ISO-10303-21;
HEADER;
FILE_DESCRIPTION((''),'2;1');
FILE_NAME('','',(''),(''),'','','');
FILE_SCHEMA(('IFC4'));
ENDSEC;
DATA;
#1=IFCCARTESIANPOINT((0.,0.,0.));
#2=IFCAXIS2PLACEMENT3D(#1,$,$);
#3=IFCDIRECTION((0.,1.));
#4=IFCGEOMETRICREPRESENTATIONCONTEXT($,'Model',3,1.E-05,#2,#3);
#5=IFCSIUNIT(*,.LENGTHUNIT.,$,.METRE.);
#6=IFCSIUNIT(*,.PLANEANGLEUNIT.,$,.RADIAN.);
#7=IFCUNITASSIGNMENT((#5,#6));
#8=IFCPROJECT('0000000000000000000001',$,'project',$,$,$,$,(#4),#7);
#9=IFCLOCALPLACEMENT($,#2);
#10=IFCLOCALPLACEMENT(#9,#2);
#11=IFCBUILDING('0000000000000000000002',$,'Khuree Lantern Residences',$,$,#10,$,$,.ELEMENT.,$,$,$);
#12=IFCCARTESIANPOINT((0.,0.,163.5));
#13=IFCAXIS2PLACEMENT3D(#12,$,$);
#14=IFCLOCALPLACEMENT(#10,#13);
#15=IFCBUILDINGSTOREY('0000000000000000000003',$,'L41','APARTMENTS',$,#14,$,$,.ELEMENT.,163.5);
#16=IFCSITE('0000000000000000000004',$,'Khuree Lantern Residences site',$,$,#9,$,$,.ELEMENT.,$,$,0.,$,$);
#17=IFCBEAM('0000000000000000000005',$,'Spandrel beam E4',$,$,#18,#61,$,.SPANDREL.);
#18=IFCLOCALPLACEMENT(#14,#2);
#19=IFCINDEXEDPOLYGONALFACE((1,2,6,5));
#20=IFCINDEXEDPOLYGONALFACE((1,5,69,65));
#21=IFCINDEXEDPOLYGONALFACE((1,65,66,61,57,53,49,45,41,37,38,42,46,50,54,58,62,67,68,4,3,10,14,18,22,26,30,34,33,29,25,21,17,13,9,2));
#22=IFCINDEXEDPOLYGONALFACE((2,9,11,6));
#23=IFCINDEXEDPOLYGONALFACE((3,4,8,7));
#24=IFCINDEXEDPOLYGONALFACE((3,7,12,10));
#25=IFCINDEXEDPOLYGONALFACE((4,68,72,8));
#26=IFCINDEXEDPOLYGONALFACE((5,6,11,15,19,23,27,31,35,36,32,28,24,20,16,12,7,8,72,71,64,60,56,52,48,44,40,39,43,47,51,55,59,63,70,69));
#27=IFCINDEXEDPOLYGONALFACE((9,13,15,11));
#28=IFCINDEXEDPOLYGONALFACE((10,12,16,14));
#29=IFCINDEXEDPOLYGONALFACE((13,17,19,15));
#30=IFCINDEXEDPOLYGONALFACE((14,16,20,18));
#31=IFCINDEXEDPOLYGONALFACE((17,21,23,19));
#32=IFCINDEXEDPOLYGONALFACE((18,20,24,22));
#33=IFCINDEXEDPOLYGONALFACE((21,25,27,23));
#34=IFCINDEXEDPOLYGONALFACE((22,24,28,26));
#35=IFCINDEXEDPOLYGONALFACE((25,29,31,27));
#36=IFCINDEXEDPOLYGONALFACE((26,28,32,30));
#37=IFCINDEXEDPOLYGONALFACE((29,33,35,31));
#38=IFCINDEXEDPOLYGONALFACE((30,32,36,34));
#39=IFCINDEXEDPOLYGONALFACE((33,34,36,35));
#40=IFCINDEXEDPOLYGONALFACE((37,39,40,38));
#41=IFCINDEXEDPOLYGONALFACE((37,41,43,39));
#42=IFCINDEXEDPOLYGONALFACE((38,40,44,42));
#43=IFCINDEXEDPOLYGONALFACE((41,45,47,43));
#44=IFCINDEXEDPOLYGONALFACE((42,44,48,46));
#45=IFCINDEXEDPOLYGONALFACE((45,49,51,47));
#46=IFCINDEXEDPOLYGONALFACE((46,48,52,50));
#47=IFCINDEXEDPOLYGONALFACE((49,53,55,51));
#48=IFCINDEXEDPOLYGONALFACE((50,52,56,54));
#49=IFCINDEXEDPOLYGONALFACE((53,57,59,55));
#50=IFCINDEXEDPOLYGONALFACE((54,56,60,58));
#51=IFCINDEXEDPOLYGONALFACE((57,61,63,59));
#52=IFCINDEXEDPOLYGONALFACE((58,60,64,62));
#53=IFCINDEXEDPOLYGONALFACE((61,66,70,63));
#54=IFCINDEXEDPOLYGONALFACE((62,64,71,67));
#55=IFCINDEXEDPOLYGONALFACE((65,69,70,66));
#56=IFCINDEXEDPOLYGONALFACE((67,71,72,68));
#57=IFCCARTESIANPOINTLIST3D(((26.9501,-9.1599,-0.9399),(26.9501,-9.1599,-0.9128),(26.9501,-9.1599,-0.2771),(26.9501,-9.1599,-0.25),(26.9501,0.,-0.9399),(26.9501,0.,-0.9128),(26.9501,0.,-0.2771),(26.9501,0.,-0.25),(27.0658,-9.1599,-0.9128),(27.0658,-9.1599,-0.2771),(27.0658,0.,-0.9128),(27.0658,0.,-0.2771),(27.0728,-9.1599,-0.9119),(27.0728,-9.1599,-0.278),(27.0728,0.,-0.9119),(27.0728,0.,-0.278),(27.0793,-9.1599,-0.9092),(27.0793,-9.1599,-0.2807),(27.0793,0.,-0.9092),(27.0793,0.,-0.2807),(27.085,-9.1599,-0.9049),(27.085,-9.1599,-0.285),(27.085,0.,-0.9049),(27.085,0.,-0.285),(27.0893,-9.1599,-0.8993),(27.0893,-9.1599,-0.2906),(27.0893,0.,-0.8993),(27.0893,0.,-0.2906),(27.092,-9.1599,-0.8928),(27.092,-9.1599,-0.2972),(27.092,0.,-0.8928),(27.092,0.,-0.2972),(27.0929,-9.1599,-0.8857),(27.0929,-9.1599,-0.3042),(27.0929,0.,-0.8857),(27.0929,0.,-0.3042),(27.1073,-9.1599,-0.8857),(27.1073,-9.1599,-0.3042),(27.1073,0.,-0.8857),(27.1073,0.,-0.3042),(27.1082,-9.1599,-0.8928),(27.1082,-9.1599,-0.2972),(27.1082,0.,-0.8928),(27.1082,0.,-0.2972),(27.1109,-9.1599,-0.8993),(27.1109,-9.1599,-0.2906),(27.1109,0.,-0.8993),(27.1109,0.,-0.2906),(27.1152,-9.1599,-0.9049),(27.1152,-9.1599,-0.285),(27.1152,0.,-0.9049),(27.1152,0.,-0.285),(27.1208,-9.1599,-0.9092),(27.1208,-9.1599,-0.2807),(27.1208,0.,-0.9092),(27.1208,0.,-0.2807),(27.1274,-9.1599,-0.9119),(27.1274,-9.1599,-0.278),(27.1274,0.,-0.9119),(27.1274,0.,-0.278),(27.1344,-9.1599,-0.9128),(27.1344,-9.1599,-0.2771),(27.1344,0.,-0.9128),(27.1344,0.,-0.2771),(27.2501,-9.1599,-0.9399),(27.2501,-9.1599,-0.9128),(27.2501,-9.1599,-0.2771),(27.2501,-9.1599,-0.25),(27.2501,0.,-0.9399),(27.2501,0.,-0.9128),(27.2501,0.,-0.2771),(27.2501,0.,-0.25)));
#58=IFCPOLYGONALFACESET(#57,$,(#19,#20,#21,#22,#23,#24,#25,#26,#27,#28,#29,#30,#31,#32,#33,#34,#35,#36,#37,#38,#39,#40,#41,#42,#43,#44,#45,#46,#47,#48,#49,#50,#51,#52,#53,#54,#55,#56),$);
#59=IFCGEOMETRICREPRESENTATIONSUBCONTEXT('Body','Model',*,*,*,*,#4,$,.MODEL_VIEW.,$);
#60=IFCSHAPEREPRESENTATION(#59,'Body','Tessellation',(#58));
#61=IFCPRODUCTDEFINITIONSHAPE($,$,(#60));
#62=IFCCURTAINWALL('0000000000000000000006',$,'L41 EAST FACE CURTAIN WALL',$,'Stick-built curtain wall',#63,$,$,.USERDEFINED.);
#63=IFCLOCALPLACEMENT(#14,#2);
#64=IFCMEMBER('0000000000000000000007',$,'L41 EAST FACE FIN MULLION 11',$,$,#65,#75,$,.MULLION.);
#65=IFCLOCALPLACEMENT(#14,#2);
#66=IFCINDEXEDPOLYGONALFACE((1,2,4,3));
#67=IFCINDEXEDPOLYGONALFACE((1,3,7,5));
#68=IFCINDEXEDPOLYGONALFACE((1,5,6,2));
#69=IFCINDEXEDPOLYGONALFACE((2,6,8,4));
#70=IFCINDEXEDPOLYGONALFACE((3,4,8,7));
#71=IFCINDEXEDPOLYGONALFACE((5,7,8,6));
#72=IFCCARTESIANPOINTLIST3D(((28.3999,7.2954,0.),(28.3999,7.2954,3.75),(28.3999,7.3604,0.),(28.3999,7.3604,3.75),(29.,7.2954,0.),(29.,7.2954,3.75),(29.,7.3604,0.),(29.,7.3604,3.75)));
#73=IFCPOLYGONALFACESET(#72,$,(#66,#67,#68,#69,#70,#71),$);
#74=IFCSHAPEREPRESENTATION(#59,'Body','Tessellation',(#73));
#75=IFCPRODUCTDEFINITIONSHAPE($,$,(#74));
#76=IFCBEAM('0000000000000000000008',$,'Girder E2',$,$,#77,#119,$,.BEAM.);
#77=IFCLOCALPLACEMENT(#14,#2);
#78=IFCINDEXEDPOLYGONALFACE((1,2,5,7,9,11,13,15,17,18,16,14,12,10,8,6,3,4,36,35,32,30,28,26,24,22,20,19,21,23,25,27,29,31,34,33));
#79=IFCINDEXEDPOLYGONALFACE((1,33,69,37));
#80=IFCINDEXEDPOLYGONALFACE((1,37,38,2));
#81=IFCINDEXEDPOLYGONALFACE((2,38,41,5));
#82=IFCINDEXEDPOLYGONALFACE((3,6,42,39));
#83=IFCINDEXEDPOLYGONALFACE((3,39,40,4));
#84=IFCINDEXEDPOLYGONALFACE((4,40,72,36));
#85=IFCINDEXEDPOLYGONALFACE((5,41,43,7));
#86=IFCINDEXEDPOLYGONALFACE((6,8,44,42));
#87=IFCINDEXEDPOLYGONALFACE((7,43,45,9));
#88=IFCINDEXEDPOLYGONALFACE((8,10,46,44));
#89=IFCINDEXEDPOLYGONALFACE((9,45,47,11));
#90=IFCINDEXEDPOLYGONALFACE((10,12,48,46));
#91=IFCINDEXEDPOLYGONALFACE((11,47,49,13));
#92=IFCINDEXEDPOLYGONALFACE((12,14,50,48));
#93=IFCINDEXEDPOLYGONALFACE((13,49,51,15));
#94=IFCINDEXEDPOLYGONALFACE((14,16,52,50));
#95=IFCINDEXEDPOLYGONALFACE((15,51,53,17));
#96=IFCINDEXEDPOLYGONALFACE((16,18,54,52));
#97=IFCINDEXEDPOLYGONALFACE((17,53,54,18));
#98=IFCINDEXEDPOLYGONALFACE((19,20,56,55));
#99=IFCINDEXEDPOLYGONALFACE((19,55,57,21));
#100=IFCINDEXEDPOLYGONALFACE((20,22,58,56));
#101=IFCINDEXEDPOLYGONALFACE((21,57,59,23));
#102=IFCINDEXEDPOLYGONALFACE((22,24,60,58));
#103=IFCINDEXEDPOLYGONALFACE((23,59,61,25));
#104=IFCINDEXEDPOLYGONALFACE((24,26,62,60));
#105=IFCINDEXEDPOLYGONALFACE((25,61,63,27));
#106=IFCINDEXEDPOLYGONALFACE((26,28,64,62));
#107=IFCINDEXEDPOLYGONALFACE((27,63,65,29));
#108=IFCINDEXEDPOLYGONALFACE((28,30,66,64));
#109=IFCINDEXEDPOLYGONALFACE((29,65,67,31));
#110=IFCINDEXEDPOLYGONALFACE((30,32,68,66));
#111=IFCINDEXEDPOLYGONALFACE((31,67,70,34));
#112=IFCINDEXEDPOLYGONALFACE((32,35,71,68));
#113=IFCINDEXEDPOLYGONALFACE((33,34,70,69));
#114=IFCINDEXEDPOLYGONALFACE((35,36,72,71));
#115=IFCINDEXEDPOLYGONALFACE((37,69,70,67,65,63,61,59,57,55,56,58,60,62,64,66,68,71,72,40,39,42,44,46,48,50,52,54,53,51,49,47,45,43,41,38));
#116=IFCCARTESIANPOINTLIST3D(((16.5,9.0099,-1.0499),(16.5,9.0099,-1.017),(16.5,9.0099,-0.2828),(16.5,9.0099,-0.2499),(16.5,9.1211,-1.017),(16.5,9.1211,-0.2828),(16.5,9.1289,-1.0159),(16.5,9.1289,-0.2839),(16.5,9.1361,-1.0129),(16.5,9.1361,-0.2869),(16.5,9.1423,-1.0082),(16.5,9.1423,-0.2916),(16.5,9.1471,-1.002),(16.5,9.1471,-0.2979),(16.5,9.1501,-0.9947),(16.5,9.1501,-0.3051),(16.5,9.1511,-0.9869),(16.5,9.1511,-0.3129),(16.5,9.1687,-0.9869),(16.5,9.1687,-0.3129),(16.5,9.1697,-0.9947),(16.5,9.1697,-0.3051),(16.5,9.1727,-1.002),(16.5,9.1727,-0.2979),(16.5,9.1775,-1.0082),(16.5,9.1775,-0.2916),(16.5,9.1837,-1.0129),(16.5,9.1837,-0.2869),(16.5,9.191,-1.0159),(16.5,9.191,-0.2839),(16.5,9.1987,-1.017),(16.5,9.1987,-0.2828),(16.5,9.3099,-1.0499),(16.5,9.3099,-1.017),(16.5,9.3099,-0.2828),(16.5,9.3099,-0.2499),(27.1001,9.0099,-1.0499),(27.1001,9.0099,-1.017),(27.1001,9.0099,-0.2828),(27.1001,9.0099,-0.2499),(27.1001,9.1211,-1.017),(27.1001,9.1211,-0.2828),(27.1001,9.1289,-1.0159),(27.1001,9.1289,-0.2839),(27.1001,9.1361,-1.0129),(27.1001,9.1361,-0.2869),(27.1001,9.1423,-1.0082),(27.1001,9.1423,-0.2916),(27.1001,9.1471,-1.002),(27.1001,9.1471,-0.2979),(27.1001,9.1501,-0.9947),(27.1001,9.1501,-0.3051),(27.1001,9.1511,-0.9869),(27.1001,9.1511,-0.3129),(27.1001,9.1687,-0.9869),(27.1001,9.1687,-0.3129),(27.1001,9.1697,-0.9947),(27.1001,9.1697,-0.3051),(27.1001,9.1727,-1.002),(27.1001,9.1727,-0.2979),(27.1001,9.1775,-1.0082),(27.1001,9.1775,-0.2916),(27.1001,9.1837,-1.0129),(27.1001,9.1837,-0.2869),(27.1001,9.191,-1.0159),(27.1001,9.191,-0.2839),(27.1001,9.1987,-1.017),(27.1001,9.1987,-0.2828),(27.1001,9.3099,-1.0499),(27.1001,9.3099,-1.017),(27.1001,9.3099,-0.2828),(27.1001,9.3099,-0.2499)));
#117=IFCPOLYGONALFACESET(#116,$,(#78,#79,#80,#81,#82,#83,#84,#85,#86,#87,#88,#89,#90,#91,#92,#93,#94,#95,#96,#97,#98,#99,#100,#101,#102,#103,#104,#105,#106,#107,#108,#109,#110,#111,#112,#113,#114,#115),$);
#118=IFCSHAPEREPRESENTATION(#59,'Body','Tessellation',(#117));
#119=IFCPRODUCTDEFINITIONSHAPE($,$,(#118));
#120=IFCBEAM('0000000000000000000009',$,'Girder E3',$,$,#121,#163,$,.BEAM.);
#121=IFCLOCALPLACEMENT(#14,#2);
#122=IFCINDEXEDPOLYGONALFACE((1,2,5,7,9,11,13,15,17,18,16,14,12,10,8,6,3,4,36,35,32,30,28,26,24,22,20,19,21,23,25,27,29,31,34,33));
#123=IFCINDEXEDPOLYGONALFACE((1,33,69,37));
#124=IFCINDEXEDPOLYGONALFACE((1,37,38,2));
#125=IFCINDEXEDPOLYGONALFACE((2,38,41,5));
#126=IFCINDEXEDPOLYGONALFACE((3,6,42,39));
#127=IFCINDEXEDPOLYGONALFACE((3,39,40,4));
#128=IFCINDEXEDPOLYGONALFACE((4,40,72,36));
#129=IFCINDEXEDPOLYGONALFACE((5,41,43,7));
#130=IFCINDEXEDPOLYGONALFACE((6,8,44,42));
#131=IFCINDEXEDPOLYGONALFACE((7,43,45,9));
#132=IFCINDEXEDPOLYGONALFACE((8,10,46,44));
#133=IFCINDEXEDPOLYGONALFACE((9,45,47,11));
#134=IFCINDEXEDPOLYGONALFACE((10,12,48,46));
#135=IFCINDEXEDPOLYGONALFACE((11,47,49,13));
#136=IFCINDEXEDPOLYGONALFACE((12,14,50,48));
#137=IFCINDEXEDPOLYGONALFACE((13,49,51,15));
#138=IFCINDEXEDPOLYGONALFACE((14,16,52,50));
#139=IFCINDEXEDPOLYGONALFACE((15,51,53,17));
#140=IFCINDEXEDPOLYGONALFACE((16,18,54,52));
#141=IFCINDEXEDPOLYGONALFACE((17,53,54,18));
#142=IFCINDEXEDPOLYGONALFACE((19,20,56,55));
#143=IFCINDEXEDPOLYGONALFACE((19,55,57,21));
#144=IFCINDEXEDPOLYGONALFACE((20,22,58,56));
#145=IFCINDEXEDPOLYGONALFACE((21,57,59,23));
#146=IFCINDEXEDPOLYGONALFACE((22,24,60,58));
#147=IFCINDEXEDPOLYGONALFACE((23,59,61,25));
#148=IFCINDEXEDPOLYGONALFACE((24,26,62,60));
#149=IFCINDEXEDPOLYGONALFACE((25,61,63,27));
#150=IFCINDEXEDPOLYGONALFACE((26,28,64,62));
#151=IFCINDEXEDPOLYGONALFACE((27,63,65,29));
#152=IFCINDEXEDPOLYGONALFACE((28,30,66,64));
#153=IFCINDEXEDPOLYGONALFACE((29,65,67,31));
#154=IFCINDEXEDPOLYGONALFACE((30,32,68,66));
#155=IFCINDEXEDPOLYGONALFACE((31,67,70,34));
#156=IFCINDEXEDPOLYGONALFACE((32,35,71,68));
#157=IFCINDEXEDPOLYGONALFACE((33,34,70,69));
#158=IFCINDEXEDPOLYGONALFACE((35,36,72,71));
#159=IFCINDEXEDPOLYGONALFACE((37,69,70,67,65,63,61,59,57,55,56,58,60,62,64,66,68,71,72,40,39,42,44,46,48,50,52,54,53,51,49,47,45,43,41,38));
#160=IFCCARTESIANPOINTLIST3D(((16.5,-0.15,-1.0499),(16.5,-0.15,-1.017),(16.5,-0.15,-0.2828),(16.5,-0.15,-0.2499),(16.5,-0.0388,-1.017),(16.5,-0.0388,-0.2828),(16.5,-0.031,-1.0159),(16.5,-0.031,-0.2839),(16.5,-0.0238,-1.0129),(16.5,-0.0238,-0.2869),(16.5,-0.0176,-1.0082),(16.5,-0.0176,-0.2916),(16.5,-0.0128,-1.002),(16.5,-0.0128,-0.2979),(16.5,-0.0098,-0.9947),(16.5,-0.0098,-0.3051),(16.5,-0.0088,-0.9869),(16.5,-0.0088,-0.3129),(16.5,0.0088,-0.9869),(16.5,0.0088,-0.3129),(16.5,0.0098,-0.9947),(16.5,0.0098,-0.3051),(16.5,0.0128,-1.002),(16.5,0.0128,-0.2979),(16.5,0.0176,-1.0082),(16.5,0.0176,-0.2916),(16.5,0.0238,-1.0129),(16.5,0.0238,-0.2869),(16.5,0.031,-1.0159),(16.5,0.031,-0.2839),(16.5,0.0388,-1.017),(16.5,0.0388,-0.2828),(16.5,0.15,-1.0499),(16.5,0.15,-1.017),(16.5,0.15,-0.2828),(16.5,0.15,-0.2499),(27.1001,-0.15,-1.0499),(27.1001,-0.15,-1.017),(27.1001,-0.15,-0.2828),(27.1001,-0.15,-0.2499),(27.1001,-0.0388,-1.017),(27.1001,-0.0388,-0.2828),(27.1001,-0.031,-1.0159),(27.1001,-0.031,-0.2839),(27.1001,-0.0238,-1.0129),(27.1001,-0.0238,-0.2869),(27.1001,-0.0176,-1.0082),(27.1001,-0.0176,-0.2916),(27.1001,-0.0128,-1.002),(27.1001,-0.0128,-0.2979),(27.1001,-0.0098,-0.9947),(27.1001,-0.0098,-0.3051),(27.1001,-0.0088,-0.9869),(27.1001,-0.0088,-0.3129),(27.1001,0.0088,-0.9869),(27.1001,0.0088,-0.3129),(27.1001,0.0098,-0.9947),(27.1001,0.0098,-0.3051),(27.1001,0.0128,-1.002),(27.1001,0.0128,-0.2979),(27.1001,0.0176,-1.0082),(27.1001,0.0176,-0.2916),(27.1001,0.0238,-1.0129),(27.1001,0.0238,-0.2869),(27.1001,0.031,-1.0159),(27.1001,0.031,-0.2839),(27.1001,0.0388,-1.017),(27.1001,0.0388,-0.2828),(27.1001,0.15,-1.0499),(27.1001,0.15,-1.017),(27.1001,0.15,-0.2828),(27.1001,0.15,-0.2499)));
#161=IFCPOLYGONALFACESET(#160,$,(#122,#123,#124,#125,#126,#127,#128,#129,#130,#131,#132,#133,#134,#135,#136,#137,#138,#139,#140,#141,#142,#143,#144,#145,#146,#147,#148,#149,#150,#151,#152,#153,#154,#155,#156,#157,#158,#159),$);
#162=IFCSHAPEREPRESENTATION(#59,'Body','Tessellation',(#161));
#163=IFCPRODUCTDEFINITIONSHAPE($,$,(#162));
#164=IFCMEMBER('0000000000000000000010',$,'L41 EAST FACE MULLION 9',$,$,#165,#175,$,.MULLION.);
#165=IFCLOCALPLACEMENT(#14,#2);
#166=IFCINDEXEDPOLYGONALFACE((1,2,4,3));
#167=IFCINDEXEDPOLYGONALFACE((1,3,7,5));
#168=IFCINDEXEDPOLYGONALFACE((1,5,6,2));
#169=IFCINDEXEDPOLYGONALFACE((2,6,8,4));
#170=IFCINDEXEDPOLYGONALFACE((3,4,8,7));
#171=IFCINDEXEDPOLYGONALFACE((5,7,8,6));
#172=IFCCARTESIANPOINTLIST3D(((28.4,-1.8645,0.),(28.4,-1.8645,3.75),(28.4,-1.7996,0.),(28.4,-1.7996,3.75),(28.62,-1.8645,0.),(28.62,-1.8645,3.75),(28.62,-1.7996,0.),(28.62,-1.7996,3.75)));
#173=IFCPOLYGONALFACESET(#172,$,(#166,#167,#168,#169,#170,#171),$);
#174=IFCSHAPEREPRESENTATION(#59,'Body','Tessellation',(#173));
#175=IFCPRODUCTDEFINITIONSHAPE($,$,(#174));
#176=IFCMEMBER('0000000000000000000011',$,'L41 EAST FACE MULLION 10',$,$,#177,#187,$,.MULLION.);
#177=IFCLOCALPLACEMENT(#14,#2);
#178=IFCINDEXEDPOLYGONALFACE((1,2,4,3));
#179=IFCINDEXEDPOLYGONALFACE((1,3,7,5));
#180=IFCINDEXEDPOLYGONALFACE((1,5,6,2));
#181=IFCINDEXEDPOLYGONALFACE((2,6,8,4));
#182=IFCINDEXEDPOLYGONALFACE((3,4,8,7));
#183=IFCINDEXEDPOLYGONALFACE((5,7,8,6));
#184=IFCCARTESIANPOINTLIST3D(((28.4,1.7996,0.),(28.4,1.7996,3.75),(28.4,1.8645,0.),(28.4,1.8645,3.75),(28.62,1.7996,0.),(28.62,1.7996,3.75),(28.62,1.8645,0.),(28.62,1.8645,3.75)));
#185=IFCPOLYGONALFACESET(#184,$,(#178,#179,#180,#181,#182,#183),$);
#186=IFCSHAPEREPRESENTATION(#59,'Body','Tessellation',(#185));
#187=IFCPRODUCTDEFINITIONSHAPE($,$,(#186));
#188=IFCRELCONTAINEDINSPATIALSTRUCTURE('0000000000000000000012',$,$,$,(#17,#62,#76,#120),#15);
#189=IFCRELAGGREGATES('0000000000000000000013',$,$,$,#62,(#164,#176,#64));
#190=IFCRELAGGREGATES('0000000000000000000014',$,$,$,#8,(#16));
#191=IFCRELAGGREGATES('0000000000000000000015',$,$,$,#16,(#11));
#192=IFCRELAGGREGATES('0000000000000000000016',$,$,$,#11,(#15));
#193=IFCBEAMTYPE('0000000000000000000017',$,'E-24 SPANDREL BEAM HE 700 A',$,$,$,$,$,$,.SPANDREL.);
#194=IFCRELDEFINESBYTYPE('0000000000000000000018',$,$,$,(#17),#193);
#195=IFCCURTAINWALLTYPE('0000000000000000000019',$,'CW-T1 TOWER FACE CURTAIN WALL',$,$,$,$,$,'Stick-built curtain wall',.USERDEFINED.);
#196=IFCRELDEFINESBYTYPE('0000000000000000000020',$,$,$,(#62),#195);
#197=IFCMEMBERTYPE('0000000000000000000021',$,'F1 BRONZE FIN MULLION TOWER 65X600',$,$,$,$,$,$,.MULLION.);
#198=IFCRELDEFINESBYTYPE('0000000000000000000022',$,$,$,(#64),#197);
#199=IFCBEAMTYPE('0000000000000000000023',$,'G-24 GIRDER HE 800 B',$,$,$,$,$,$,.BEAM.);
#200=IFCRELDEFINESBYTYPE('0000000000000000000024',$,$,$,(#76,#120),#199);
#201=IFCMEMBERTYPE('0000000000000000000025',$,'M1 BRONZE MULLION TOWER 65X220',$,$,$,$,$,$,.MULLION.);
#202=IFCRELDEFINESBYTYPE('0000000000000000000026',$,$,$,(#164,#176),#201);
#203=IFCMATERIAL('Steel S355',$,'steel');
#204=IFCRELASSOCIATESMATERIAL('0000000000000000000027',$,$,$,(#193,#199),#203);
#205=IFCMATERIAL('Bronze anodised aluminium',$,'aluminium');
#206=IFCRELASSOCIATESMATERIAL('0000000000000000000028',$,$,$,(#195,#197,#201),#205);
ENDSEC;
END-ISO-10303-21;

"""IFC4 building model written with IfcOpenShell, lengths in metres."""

from ifc_helpers import new_model, si_unit, direction, frame, origin, origin_2d, place, context, subcontext, project, spatial, rectangle, i_section, extrude, material, material_profile, profile_set, type_object, element, aggregate, save


model = new_model("IFC4")

# Units and contexts
model_context = context("Model", 3, precision=1e-05, world=origin(), true_north=direction((0.0, 1.0)))
body_context = subcontext(model_context, "Body", "Model", "MODEL_VIEW")
ifc_project = project(units=[si_unit("LENGTHUNIT", "METRE"), si_unit("PLANEANGLEUNIT", "RADIAN")], contexts=[model_context])

# Site, building, storey
site_placement = place(None, origin())
site = spatial("IfcSite", under=ifc_project, at=site_placement, Name="Khuree Lantern Residences site", CompositionType="ELEMENT", RefElevation=0.0)
building_placement = place(site_placement, origin())
building = spatial("IfcBuilding", under=site, at=building_placement, Name="Khuree Lantern Residences", CompositionType="ELEMENT")
storey_placement = place(building_placement, frame((0.0, 0.0, 163.5)))
storey = spatial("IfcBuildingStorey", under=building, at=storey_placement, Name="L41", Description="APARTMENTS", CompositionType="ELEMENT", Elevation=163.5)

# Beam
ifc_material_1 = material(Name="Steel S355", Category="steel")
ifc_material_profile_1 = material_profile(ifc_material_1, i_section(OverallWidth=0.3, OverallDepth=0.6899, WebThickness=0.0144, FlangeThickness=0.0271, FilletRadius=0.0271, at=origin_2d()), Name="HE 700 A")
ifc_profile_set_1 = profile_set([ifc_material_profile_1], Name="Steel S355")
beam_type_1 = type_object("IfcBeamType", Name="E-24 SPANDREL BEAM HE 700 A", PredefinedType="SPANDREL", material=ifc_profile_set_1)
for number, where, z_axis, x_axis, name in (
    (1, (27.1001, 0.0, -0.595), (0.0, -1.0, 0.0), (1.0, 0.0, 0.0), "Spandrel beam E4"),
):
    element("IfcBeam", number, at=place(storey_placement, frame(where, z_axis=z_axis, x_axis=x_axis)), inside=storey, type_object=beam_type_1, Name=name, PredefinedType="SPANDREL", context=body_context, shape_type="SweptSolid", body=[
        extrude(i_section(OverallWidth=0.3, OverallDepth=0.6899, WebThickness=0.0144, FlangeThickness=0.0271, FilletRadius=0.0271, at=origin_2d()), origin(), (0.0, 0.0, 1.0), 9.1599),
    ])

# Curtain wall, member
ifc_material_2 = material(Name="Bronze anodised aluminium", Category="aluminium")
curtain_wall_type = type_object("IfcCurtainWallType", Name="CW-T1 TOWER FACE CURTAIN WALL", ElementType="Stick-built curtain wall", PredefinedType="USERDEFINED", material=ifc_material_2)
curtain_wall_placement = place(storey_placement, origin())
curtain_wall = element("IfcCurtainWall", 2, at=curtain_wall_placement, inside=storey, type_object=curtain_wall_type, Name="L41 EAST FACE CURTAIN WALL", ObjectType="Stick-built curtain wall", PredefinedType="USERDEFINED")
ifc_material_profile_2 = material_profile(ifc_material_2, rectangle(XDim=0.0649, YDim=0.6001, at=origin_2d()), Name="F1 65X600")
ifc_profile_set_2 = profile_set([ifc_material_profile_2], Name="Bronze anodised aluminium")
member_type_1 = type_object("IfcMemberType", Name="F1 BRONZE FIN MULLION TOWER 65X600", PredefinedType="MULLION", material=ifc_profile_set_2)
member_1_placement = place(storey_placement, frame((28.7, 7.3279, 0.0), z_axis=(0.0, 0.0, 1.0), x_axis=(0.0, 1.0, 0.0)))
member_1 = element("IfcMember", 3, at=member_1_placement, type_object=member_type_1, Name="L41 EAST FACE FIN MULLION 11", PredefinedType="MULLION", context=body_context, shape_type="SweptSolid", body=[
    extrude(rectangle(XDim=0.0649, YDim=0.6001, at=origin_2d()), origin(), (0.0, 0.0, 1.0), 3.75),
])

# Beams
ifc_material_profile_3 = material_profile(ifc_material_1, i_section(OverallWidth=0.3, OverallDepth=0.8, WebThickness=0.0176, FlangeThickness=0.033, FilletRadius=0.03, at=origin_2d()), Name="HE 800 B")
ifc_profile_set_3 = profile_set([ifc_material_profile_3], Name="Steel S355")
beam_type_2 = type_object("IfcBeamType", Name="G-24 GIRDER HE 800 B", PredefinedType="BEAM", material=ifc_profile_set_3)
for number, where, z_axis, x_axis, name in (
    (4, (27.1001, 9.1599, -0.6499), (-1.0, 0.0, 0.0), (0.0, -1.0, 0.0), "Girder E2"),
    (5, (27.1001, 0.0, -0.6499), (-1.0, 0.0, 0.0), (0.0, -1.0, 0.0), "Girder E3"),
):
    element("IfcBeam", number, at=place(storey_placement, frame(where, z_axis=z_axis, x_axis=x_axis)), inside=storey, type_object=beam_type_2, Name=name, PredefinedType="BEAM", context=body_context, shape_type="SweptSolid", body=[
        extrude(i_section(OverallWidth=0.3, OverallDepth=0.8, WebThickness=0.0176, FlangeThickness=0.033, FilletRadius=0.03, at=origin_2d()), origin(), (0.0, 0.0, 1.0), 10.6001),
    ])

# Members
ifc_material_profile_4 = material_profile(ifc_material_2, rectangle(XDim=0.0649, YDim=0.22, at=origin_2d()), Name="M1 65X220")
ifc_profile_set_4 = profile_set([ifc_material_profile_4], Name="Bronze anodised aluminium")
member_type_2 = type_object("IfcMemberType", Name="M1 BRONZE MULLION TOWER 65X220", PredefinedType="MULLION", material=ifc_profile_set_4)
member_2_placement = place(storey_placement, frame((28.51, -1.832, 0.0), z_axis=(0.0, 0.0, 1.0), x_axis=(0.0, 1.0, 0.0)))
member_2 = element("IfcMember", 6, at=member_2_placement, type_object=member_type_2, Name="L41 EAST FACE MULLION 9", PredefinedType="MULLION", context=body_context, shape_type="SweptSolid", body=[
    extrude(rectangle(XDim=0.0649, YDim=0.22, at=origin_2d()), origin(), (0.0, 0.0, 1.0), 3.75),
])
member_3_placement = place(storey_placement, frame((28.51, 1.832, 0.0), z_axis=(0.0, 0.0, 1.0), x_axis=(0.0, 1.0, 0.0)))
member_3 = element("IfcMember", 7, at=member_3_placement, type_object=member_type_2, Name="L41 EAST FACE MULLION 10", PredefinedType="MULLION", context=body_context, shape_type="SweptSolid", body=[
    extrude(rectangle(XDim=0.0649, YDim=0.22, at=origin_2d()), origin(), (0.0, 0.0, 1.0), 3.75),
])

aggregate(curtain_wall, [member_2, member_3, member_1])

save(model, "model.ifc")
